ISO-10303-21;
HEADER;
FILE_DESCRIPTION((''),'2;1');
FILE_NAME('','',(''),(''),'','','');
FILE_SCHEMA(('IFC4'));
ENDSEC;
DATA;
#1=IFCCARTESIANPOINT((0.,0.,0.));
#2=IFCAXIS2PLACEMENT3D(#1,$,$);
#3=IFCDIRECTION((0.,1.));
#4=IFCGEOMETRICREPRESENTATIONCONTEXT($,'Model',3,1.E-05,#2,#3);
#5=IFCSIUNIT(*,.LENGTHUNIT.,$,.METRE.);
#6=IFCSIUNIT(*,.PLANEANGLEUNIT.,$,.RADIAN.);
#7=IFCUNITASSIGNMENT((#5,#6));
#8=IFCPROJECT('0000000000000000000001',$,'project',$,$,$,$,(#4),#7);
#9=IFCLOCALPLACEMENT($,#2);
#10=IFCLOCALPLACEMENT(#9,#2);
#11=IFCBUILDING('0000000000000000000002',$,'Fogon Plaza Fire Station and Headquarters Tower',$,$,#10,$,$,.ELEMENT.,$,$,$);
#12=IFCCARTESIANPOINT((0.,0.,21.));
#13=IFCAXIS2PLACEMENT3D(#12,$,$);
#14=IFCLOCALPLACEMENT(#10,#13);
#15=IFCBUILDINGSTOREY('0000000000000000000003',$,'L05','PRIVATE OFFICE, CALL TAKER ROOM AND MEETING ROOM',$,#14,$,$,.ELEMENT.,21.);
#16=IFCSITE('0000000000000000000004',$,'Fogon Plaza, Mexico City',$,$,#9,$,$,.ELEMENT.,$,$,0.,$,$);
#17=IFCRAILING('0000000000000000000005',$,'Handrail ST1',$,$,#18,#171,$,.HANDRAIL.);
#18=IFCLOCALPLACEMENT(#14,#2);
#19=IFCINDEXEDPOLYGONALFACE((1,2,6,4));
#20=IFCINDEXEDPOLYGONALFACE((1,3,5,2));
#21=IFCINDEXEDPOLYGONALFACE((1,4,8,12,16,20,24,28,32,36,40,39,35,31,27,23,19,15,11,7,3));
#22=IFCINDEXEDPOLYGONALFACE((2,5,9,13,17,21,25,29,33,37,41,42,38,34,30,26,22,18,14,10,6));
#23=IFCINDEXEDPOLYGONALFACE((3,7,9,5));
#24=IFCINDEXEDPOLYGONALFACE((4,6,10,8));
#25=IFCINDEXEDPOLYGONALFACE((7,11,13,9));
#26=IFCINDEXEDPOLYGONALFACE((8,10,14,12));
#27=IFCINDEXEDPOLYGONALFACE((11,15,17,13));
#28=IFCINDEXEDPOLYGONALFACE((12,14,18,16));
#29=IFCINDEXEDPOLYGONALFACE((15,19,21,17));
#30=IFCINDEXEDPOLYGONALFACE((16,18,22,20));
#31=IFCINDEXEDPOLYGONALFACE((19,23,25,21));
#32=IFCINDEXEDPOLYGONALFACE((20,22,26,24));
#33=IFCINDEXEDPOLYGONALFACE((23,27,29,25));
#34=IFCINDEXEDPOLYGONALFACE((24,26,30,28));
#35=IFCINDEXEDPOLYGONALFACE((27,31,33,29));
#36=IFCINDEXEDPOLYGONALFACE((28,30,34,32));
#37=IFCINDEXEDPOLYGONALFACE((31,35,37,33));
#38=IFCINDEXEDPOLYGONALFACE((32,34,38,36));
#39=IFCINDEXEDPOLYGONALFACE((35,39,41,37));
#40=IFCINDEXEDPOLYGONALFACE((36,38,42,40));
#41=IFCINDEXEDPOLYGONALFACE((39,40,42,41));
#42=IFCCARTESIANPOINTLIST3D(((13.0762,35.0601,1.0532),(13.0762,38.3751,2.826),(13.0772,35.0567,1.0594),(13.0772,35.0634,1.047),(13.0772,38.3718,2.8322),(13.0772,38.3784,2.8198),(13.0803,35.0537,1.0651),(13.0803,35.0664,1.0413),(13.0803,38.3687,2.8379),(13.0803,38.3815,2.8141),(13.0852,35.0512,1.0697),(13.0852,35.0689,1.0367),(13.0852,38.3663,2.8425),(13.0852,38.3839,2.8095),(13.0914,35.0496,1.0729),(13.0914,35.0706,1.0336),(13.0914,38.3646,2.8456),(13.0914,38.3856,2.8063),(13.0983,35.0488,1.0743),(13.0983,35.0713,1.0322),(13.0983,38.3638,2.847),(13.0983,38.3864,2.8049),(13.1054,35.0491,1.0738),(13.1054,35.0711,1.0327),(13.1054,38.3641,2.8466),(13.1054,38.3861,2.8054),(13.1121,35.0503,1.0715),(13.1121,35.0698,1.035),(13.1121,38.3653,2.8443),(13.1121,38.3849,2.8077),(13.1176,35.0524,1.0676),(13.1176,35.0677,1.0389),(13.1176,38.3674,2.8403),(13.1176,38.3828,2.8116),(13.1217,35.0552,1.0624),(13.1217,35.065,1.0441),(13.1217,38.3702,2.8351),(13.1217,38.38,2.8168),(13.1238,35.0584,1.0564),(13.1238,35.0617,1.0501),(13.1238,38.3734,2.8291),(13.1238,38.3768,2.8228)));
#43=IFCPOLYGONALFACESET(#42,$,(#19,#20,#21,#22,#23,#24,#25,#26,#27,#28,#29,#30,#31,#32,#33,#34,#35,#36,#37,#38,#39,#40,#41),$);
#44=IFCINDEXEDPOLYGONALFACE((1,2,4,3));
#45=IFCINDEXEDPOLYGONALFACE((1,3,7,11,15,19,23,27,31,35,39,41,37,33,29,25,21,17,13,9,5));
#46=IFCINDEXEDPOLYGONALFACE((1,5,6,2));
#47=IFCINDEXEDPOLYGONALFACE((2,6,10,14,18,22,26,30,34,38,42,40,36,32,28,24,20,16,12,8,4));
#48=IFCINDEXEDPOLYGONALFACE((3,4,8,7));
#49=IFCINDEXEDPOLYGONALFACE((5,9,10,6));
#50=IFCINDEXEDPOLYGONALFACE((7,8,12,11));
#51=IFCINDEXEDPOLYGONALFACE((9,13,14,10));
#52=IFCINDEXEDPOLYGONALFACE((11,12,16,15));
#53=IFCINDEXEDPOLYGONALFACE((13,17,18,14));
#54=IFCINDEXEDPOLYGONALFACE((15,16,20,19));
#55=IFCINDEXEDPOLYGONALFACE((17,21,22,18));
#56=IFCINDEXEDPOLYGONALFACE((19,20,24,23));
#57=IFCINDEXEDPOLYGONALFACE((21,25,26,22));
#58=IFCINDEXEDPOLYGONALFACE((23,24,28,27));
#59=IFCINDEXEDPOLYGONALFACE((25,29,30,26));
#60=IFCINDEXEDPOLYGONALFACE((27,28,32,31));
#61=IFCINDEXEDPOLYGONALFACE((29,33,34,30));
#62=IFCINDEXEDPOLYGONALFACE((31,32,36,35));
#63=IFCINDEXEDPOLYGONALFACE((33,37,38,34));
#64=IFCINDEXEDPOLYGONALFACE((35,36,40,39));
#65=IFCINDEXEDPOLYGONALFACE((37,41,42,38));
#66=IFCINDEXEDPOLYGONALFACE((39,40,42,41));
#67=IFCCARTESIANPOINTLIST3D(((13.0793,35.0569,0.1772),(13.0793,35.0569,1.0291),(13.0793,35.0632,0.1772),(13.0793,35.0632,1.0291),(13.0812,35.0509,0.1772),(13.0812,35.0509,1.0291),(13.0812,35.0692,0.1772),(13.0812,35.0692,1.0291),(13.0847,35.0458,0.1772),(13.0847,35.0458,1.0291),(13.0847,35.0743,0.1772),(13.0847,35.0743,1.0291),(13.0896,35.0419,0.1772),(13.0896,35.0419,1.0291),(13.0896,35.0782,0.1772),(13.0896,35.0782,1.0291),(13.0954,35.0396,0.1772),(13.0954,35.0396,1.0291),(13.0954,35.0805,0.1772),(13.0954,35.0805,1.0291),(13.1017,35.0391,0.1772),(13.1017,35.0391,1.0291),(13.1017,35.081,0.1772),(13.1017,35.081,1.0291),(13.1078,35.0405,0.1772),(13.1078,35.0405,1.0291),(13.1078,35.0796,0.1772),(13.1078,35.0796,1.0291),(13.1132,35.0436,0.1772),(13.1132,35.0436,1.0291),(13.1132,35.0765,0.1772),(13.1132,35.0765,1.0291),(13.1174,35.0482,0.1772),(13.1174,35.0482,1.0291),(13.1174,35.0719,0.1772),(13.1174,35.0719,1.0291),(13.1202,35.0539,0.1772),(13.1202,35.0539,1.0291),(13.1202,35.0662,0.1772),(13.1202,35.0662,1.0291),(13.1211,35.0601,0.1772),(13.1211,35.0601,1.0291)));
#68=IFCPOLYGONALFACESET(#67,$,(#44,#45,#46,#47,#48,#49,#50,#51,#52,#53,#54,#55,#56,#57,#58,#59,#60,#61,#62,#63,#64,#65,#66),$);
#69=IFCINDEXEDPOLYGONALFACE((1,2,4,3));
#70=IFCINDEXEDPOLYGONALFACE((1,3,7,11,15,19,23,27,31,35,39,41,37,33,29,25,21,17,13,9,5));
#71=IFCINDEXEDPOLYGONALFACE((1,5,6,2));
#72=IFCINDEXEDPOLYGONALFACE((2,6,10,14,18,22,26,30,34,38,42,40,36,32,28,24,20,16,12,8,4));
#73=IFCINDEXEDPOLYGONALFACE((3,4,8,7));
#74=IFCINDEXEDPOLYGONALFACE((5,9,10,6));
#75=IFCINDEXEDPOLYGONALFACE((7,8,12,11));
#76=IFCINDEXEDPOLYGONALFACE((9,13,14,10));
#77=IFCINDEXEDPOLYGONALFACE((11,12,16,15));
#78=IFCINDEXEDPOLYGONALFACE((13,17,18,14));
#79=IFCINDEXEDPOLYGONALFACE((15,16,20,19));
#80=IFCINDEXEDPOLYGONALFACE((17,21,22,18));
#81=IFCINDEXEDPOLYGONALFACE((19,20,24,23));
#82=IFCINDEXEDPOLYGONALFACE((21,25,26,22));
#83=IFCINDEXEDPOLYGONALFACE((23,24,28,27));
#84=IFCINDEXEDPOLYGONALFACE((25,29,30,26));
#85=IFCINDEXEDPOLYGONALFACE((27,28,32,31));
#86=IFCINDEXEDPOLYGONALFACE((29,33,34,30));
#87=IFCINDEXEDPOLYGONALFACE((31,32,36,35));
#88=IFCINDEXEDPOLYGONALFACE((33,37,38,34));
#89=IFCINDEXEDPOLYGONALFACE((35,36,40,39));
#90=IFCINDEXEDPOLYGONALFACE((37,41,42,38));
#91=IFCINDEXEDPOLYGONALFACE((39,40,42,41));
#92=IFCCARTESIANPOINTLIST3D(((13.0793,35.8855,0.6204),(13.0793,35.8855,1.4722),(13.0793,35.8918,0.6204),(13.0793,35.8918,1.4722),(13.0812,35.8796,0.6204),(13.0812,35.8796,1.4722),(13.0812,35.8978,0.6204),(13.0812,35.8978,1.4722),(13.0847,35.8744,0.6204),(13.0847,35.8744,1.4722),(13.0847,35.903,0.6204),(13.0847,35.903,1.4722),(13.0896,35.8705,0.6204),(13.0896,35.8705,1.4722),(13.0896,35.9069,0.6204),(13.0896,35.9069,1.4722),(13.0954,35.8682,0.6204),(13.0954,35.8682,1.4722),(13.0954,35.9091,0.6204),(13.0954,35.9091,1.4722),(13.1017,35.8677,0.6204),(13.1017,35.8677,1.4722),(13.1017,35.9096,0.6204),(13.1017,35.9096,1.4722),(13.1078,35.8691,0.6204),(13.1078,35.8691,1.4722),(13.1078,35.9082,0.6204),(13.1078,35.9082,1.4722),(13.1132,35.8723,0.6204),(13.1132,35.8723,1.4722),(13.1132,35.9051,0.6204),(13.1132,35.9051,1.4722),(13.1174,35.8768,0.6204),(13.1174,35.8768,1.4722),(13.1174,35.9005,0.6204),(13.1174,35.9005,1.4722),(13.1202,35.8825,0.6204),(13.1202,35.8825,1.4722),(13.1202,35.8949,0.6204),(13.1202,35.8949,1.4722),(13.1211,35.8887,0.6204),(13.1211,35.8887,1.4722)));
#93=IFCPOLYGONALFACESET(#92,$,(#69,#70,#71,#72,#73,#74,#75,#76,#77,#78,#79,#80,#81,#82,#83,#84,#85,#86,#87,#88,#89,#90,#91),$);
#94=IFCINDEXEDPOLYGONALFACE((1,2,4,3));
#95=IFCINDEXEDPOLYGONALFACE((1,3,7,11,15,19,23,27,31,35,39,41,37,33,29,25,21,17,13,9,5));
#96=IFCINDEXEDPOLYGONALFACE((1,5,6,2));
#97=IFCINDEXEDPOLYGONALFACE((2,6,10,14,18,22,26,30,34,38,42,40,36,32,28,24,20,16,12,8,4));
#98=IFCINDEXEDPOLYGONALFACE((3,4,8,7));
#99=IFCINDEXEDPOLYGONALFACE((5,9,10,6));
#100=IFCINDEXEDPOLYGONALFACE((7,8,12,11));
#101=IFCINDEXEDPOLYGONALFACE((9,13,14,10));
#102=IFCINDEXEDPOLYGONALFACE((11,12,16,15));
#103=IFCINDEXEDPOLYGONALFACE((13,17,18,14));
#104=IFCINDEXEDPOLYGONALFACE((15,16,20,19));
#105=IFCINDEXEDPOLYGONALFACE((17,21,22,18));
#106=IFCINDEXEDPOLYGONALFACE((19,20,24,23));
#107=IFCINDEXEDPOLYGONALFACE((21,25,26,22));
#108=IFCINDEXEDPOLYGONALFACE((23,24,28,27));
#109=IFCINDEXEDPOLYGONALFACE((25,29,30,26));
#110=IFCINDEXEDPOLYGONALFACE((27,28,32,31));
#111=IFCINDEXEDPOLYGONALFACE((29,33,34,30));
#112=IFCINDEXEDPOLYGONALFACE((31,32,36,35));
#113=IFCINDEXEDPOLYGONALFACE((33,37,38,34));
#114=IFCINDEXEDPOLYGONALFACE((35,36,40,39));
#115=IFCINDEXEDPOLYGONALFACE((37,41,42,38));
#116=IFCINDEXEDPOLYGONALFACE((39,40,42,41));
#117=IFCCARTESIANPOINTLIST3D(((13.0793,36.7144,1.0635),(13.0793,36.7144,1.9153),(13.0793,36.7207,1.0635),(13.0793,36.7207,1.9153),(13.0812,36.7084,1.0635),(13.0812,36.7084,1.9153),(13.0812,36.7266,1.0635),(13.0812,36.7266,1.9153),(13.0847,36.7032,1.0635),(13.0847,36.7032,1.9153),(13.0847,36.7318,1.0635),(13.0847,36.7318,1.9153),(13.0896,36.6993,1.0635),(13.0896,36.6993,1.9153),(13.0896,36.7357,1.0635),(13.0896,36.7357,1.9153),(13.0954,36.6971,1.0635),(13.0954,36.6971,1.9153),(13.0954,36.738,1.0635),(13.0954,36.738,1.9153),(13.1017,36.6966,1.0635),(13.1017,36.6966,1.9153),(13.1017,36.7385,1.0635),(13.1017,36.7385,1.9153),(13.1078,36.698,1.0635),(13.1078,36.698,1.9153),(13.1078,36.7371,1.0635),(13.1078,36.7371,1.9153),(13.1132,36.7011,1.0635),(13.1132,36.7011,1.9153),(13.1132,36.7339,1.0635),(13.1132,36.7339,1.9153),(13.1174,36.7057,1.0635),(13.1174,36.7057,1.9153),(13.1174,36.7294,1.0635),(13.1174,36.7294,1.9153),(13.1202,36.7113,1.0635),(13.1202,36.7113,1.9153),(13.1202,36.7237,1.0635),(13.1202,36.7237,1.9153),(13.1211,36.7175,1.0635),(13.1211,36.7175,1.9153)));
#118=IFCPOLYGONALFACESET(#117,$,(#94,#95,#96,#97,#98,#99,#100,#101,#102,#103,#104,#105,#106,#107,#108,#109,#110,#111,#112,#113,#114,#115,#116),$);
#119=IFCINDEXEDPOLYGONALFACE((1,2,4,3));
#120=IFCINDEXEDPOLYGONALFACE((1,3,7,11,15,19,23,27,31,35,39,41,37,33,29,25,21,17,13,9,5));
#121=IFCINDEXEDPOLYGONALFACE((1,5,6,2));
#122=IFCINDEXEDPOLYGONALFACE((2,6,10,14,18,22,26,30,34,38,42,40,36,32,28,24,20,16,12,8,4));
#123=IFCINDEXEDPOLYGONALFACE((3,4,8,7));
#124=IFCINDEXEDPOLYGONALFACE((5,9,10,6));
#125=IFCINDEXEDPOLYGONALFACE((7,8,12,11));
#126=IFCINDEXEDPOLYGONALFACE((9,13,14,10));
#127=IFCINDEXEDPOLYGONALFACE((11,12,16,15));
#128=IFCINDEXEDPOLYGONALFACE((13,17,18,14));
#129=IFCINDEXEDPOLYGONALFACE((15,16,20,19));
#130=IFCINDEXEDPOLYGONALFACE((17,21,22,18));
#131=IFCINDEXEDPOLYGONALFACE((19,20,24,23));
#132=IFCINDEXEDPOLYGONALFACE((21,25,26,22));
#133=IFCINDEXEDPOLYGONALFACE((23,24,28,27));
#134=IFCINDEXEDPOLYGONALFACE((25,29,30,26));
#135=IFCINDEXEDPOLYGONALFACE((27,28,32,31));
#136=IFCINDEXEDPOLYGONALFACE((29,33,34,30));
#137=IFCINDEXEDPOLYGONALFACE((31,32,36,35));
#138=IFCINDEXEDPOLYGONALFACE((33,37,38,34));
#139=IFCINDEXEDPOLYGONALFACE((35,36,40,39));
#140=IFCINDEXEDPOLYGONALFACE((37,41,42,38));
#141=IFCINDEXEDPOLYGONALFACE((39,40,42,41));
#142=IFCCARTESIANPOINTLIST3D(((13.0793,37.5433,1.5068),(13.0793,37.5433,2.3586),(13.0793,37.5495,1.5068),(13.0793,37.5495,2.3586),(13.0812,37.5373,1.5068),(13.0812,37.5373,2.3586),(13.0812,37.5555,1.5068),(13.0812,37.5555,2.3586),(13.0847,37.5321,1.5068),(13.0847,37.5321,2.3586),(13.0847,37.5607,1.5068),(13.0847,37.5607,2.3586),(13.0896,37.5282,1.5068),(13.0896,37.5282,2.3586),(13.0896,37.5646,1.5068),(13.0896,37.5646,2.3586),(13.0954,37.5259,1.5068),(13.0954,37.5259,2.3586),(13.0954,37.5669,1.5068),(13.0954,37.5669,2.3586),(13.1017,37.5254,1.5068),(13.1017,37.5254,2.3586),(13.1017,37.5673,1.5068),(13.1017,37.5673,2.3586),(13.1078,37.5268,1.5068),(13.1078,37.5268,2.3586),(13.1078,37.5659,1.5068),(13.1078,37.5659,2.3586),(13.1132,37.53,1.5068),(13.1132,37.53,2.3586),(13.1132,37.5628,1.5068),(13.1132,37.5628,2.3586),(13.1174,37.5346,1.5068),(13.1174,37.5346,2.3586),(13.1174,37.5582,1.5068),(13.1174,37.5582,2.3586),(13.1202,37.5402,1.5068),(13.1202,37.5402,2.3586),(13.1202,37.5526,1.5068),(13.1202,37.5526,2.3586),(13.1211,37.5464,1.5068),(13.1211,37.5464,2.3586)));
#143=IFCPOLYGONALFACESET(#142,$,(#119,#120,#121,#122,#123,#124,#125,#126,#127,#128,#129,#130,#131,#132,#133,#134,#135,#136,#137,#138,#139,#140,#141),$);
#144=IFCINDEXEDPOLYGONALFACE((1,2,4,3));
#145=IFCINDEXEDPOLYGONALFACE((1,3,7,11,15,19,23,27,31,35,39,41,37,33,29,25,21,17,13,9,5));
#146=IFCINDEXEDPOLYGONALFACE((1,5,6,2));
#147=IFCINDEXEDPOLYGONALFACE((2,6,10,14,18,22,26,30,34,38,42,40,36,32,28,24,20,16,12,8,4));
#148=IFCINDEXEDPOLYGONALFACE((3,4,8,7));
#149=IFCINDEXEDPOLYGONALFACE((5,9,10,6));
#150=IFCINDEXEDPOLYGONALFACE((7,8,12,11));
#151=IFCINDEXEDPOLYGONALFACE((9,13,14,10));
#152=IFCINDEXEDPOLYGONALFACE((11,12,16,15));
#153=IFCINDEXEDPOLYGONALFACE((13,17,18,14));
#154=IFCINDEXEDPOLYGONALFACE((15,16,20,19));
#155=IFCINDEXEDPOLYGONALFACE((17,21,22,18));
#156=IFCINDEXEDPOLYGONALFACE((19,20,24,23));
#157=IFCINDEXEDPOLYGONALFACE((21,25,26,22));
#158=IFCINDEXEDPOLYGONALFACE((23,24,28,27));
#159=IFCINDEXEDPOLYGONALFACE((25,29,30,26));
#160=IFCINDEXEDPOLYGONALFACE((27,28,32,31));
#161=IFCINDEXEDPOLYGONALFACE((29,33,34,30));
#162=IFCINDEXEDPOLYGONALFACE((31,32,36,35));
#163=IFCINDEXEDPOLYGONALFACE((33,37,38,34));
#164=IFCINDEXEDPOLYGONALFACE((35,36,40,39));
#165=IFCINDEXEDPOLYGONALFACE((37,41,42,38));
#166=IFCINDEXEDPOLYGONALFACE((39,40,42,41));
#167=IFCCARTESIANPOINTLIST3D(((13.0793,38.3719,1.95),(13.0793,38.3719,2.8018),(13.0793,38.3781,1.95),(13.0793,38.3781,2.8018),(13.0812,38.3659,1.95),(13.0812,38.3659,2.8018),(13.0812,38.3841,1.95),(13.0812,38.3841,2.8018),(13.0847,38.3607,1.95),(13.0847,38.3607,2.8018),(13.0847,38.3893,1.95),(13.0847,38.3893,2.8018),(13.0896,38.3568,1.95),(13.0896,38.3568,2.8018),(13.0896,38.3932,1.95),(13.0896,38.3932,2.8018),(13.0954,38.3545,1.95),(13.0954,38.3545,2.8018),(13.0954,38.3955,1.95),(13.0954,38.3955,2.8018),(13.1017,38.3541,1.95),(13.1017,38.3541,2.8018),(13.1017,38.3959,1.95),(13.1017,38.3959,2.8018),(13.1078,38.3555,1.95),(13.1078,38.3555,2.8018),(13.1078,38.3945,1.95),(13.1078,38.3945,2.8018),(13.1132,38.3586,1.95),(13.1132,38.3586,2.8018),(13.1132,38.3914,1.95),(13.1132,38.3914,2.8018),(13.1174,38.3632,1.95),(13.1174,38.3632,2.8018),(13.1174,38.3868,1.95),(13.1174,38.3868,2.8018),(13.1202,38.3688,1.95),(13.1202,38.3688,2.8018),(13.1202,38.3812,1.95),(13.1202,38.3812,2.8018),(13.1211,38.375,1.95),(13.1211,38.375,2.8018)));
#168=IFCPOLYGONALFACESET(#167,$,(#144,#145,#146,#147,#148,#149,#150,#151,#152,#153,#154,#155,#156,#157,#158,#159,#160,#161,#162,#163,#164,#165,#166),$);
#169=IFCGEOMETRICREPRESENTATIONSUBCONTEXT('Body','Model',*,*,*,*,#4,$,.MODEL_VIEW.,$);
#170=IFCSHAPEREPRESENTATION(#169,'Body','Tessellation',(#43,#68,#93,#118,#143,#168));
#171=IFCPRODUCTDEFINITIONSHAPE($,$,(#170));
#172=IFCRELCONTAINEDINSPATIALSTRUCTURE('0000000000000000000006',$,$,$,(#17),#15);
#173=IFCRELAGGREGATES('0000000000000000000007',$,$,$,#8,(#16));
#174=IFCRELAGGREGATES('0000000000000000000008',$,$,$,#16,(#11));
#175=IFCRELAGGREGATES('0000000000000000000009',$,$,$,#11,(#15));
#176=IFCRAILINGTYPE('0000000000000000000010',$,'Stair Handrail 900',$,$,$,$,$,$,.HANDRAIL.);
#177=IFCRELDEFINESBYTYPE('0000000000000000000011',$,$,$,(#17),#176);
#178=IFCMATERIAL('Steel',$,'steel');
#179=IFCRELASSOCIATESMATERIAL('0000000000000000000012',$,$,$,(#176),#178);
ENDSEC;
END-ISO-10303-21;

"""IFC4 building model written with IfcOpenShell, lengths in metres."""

from ifc_helpers import new_model, si_unit, direction, frame, origin, origin_2d, place, context, subcontext, project, spatial, circle, extrude, material, type_object, element, save


model = new_model("IFC4")

# Units and contexts
model_context = context("Model", 3, precision=1e-05, world=origin(), true_north=direction((0.0, 1.0)))
body_context = subcontext(model_context, "Body", "Model", "MODEL_VIEW")
ifc_project = project(units=[si_unit("LENGTHUNIT", "METRE"), si_unit("PLANEANGLEUNIT", "RADIAN")], contexts=[model_context])

# Site, building, storey
site_placement = place(None, origin())
site = spatial("IfcSite", under=ifc_project, at=site_placement, Name="Fogon Plaza, Mexico City", CompositionType="ELEMENT", RefElevation=0.0)
building_placement = place(site_placement, origin())
building = spatial("IfcBuilding", under=site, at=building_placement, Name="Fogon Plaza Fire Station and Headquarters Tower", CompositionType="ELEMENT")
storey_placement = place(building_placement, frame((0.0, 0.0, 21.0)))
storey = spatial("IfcBuildingStorey", under=building, at=storey_placement, Name="L05", Description="PRIVATE OFFICE, CALL TAKER ROOM AND MEETING ROOM", CompositionType="ELEMENT", Elevation=21.0)

# Railing
ifc_material_1 = material(Name="Steel", Category="steel")
railing_type = type_object("IfcRailingType", Name="Stair Handrail 900", PredefinedType="HANDRAIL", material=ifc_material_1)
for number, where, name in (
    (1, (13.1001, 35.0601, 0.1772), "Handrail ST1"),
):
    element("IfcRailing", number, at=place(storey_placement, frame(where)), inside=storey, type_object=railing_type, Name=name, PredefinedType="HANDRAIL", context=body_context, shape_type="SweptSolid", body=[
        extrude(circle(Radius=0.0239, at=origin_2d()), frame((0.0, 0.0, 0.876), z_axis=(0.0, 0.881829, 0.471569), x_axis=(-1.0, 0.0, 0.0)), (0.0, 0.0, 1.0), 3.7593),
        extrude(circle(Radius=0.021, at=origin_2d()), origin(), (0.0, 0.0, 1.0), 0.8518),
        extrude(circle(Radius=0.021, at=origin_2d()), frame((0.0, 0.8286, 0.4431)), (0.0, 0.0, 1.0), 0.8518),
        extrude(circle(Radius=0.021, at=origin_2d()), frame((0.0, 1.6575, 0.8862)), (0.0, 0.0, 1.0), 0.8518),
        extrude(circle(Radius=0.021, at=origin_2d()), frame((0.0, 2.4863, 1.3296)), (0.0, 0.0, 1.0), 0.8518),
        extrude(circle(Radius=0.021, at=origin_2d()), frame((0.0, 3.3149, 1.7727)), (0.0, 0.0, 1.0), 0.8518),
    ])

save(model, "model.ifc")
